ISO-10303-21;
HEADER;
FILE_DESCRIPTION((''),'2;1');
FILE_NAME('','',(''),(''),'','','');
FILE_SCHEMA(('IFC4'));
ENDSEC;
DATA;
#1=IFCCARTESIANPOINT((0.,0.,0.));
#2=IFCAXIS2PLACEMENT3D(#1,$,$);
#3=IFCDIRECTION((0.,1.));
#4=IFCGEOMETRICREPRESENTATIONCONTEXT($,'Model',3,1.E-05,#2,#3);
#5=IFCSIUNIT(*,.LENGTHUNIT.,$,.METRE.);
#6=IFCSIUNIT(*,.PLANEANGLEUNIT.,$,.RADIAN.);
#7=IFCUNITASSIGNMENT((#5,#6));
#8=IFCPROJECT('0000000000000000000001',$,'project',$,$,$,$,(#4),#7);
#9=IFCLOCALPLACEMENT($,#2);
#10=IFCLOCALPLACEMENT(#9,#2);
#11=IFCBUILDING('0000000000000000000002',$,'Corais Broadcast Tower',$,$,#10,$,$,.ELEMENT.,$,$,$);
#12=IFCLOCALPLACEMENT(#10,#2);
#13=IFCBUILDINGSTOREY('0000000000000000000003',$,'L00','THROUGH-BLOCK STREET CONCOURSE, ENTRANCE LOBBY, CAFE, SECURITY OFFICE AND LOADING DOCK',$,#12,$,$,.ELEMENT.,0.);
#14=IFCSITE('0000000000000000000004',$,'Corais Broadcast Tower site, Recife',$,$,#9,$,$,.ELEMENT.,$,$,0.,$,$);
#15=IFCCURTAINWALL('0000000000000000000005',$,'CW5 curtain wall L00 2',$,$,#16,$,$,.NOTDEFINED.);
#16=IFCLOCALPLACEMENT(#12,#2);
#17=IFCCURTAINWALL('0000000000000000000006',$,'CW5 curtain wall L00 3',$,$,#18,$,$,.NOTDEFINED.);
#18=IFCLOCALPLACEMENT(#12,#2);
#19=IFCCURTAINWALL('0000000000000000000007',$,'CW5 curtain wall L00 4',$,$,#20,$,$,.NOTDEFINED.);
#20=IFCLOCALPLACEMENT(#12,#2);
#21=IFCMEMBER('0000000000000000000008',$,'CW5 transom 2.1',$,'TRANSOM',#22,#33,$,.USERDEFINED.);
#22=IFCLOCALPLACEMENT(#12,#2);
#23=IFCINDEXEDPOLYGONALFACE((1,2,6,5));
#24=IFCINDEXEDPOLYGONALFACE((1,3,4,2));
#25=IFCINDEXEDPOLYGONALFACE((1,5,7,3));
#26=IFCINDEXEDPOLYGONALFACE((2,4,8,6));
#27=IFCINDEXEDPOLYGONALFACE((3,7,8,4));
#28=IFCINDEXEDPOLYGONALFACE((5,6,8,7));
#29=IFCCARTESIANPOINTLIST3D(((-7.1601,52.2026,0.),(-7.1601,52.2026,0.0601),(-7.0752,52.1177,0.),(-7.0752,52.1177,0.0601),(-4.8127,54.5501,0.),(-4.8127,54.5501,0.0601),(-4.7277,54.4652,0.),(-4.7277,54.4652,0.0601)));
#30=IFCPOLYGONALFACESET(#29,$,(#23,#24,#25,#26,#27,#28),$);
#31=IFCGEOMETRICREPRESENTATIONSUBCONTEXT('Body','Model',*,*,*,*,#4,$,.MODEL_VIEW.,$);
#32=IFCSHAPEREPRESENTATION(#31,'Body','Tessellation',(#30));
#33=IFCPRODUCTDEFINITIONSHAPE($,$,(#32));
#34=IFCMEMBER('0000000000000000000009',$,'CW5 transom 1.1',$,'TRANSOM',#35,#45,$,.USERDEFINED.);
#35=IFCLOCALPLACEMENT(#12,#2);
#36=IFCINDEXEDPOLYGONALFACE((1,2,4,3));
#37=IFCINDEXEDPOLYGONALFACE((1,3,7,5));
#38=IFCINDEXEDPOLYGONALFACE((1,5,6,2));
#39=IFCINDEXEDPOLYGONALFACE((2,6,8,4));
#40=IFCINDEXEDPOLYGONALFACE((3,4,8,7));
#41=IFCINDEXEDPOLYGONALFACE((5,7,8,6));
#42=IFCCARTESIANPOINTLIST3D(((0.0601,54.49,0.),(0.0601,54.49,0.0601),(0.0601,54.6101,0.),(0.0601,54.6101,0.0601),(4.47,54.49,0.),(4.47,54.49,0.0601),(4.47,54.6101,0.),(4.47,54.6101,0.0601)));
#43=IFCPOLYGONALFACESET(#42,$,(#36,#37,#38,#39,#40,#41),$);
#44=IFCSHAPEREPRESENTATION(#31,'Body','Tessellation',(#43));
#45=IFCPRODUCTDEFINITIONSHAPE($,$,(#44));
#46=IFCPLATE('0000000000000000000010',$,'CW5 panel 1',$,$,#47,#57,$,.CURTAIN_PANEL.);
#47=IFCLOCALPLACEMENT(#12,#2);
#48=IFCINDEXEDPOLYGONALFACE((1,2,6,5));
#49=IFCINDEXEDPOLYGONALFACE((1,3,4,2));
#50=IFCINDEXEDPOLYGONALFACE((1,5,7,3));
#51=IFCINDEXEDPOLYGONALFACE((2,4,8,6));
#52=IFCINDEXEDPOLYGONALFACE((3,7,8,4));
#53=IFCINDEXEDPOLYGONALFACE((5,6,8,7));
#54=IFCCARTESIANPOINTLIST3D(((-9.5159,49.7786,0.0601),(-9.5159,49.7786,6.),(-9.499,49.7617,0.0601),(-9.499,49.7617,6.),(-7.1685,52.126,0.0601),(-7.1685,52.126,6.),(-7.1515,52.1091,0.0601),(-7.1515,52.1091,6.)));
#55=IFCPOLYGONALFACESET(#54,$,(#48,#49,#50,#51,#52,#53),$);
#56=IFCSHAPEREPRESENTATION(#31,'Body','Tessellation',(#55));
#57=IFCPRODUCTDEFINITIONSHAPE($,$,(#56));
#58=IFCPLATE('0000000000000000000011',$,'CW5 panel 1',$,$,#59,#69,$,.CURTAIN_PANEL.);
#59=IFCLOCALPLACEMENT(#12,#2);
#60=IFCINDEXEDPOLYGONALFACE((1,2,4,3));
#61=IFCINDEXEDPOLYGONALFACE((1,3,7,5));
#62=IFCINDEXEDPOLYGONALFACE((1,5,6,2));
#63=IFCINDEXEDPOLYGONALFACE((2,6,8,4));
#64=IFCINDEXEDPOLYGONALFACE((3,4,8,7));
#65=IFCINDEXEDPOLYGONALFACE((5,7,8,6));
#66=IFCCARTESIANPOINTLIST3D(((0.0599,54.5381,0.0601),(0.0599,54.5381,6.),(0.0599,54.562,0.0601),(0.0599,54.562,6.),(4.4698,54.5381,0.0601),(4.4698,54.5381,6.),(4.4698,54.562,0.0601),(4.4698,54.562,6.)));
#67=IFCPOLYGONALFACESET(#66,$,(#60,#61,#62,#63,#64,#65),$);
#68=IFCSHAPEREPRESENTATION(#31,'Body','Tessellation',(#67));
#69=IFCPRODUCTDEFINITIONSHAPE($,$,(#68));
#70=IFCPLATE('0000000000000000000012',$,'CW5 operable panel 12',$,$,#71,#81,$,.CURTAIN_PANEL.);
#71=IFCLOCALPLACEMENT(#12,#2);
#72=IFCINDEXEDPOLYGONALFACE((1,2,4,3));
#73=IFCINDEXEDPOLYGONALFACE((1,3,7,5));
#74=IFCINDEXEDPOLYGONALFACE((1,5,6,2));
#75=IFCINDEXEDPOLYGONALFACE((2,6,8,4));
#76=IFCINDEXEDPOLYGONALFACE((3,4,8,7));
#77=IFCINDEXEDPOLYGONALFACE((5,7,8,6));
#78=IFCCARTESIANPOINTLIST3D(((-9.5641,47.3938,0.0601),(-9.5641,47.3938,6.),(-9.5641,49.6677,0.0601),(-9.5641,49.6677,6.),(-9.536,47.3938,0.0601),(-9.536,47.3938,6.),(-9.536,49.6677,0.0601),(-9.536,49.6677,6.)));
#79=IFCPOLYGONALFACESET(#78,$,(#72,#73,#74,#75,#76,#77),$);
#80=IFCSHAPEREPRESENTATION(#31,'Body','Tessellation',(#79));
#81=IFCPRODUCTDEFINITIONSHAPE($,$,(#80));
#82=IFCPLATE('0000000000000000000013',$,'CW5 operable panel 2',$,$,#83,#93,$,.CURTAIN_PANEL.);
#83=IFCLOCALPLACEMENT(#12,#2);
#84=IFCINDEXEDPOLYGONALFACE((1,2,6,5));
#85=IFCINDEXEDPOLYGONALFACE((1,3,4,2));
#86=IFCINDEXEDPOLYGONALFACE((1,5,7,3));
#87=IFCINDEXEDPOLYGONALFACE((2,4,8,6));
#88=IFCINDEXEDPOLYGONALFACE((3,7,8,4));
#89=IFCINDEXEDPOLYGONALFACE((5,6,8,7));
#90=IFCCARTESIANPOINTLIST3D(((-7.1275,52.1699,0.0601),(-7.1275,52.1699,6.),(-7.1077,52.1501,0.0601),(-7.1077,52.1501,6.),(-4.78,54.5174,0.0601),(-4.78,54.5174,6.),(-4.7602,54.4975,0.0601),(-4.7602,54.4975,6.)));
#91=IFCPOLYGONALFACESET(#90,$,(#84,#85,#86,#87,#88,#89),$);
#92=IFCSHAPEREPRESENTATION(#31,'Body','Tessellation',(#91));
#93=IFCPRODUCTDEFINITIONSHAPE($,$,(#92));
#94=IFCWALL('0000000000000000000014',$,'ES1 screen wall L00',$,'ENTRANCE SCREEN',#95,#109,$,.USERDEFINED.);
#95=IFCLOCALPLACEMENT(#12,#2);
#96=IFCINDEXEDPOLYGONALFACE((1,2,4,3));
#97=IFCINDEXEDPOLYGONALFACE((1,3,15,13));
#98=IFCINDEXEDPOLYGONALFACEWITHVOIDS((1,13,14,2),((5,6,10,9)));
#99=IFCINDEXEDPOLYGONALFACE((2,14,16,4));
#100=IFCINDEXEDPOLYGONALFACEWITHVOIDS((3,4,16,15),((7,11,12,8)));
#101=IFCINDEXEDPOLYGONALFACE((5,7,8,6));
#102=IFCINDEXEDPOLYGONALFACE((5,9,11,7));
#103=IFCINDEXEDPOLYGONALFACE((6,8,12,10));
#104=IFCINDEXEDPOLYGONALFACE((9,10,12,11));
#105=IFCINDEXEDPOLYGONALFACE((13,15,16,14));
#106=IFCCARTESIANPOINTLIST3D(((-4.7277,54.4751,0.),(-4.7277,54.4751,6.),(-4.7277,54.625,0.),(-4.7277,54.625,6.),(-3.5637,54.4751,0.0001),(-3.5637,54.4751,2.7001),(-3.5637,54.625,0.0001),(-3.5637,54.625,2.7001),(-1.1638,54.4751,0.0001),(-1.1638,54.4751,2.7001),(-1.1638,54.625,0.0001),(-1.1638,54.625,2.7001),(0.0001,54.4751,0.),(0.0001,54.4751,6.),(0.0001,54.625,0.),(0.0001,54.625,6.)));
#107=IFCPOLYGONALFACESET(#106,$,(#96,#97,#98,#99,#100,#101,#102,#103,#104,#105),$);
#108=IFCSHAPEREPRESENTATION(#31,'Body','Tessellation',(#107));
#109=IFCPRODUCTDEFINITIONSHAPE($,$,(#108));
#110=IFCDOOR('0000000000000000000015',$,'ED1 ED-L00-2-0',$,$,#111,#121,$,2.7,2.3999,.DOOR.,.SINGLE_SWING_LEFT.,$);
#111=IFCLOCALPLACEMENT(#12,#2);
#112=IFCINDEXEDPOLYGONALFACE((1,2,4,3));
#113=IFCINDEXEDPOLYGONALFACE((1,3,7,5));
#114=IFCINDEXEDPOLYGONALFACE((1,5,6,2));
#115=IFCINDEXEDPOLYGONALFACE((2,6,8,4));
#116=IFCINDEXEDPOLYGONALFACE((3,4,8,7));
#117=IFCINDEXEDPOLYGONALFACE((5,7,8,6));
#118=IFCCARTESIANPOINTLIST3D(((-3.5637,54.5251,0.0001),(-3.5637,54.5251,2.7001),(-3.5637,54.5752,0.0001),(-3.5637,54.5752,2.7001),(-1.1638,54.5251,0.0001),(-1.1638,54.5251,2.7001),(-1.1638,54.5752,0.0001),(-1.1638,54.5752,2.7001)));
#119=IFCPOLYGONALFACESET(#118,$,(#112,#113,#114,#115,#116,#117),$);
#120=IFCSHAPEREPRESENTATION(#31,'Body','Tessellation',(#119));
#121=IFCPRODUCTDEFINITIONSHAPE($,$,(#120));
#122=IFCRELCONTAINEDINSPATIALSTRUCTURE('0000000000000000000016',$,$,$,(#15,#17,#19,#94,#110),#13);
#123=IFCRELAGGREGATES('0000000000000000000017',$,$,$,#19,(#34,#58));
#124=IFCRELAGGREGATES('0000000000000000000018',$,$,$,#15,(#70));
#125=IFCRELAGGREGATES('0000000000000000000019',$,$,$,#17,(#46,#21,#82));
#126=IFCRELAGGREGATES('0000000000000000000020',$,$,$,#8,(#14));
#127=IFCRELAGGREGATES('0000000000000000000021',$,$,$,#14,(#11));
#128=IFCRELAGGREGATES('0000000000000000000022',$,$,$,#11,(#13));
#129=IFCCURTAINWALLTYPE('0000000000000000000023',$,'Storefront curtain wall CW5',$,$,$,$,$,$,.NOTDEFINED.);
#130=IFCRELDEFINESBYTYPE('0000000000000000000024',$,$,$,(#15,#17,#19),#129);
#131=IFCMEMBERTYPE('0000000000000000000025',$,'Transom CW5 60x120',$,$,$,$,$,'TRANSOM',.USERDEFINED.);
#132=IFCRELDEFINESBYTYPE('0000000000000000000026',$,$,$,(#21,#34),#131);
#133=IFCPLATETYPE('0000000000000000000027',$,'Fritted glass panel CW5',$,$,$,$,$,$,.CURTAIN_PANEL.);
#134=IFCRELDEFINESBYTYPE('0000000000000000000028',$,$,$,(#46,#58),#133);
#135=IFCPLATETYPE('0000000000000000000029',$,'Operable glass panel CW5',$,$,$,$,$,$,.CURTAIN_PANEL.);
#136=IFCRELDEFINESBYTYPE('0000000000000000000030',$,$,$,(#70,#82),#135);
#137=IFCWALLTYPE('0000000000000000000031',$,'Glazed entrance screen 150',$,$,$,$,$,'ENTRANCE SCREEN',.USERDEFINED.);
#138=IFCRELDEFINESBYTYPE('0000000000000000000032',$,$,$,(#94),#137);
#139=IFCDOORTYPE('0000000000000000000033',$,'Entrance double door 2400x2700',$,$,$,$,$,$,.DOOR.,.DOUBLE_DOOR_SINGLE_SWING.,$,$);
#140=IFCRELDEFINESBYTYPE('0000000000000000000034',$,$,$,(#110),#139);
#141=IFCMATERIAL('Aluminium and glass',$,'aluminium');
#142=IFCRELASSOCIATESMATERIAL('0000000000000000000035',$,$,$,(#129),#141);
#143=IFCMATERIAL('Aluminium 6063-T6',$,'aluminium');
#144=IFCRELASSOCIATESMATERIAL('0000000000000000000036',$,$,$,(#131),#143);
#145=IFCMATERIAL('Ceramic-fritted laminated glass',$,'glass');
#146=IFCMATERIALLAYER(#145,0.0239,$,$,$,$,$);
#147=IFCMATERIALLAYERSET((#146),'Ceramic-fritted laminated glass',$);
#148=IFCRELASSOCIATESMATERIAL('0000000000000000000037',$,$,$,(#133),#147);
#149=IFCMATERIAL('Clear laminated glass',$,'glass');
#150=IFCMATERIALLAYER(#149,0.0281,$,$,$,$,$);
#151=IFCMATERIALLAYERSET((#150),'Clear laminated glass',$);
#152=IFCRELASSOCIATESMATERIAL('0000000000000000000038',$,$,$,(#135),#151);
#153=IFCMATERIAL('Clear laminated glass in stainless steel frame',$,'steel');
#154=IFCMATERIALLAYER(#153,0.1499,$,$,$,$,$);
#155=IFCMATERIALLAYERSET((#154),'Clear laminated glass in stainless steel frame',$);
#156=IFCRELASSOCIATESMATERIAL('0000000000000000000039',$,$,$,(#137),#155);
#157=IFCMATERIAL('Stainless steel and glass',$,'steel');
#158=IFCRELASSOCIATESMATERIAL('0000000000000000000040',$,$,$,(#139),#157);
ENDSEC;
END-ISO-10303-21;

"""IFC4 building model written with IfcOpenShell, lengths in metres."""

from ifc_helpers import new_model, si_unit, direction, frame, frame_2d, origin, origin_2d, place, context, subcontext, project, spatial, rectangle, extrude, material, layer, layer_set, material_profile, profile_set, type_object, element, fill, aggregate, save


model = new_model("IFC4")

# Units and contexts
model_context = context("Model", 3, precision=1e-05, world=origin(), true_north=direction((0.0, 1.0)))
body_context = subcontext(model_context, "Body", "Model", "MODEL_VIEW")
ifc_project = project(units=[si_unit("LENGTHUNIT", "METRE"), si_unit("PLANEANGLEUNIT", "RADIAN")], contexts=[model_context])

# Site, building, storey
site_placement = place(None, origin())
site = spatial("IfcSite", under=ifc_project, at=site_placement, Name="Corais Broadcast Tower site, Recife", CompositionType="ELEMENT", RefElevation=0.0)
building_placement = place(site_placement, origin())
building = spatial("IfcBuilding", under=site, at=building_placement, Name="Corais Broadcast Tower", CompositionType="ELEMENT")
storey_placement = place(building_placement, origin())
storey = spatial("IfcBuildingStorey", under=building, at=storey_placement, Name="L00", Description="THROUGH-BLOCK STREET CONCOURSE, ENTRANCE LOBBY, CAFE, SECURITY OFFICE AND LOADING DOCK", CompositionType="ELEMENT", Elevation=0.0)

# Curtain wall
ifc_material_1 = material(Name="Aluminium and glass", Category="aluminium")
curtain_wall_type = type_object("IfcCurtainWallType", Name="Storefront curtain wall CW5", PredefinedType="NOTDEFINED", material=ifc_material_1)
curtain_wall_1_placement = place(storey_placement, origin())
curtain_wall_1 = element("IfcCurtainWall", 1, at=curtain_wall_1_placement, inside=storey, type_object=curtain_wall_type, Name="CW5 curtain wall L00 2", PredefinedType="NOTDEFINED")

# Curtain wall
curtain_wall_2_placement = place(storey_placement, origin())
curtain_wall_2 = element("IfcCurtainWall", 2, at=curtain_wall_2_placement, inside=storey, type_object=curtain_wall_type, Name="CW5 curtain wall L00 3", PredefinedType="NOTDEFINED")

# Curtain wall
curtain_wall_3_placement = place(storey_placement, origin())
curtain_wall_3 = element("IfcCurtainWall", 3, at=curtain_wall_3_placement, inside=storey, type_object=curtain_wall_type, Name="CW5 curtain wall L00 4", PredefinedType="NOTDEFINED")

# Members
ifc_material_2 = material(Name="Aluminium 6063-T6", Category="aluminium")
ifc_material_profile_1 = material_profile(ifc_material_2, rectangle(XDim=0.1201, YDim=0.0601, at=origin_2d()), Name="Transom CW5 60x120")
ifc_profile_set_1 = profile_set([ifc_material_profile_1], Name="Aluminium 6063-T6")
member_type_1 = type_object("IfcMemberType", Name="Transom CW5 60x120", ElementType="TRANSOM", PredefinedType="USERDEFINED", material=ifc_profile_set_1)
member_1_placement = place(storey_placement, frame((-7.1177, 52.1602, 0.03), z_axis=(0.707107, 0.707107, 0.0), x_axis=(-0.707107, 0.707107, 0.0)))
member_1 = element("IfcMember", 4, at=member_1_placement, type_object=member_type_1, Name="CW5 transom 2.1", ObjectType="TRANSOM", PredefinedType="USERDEFINED", context=body_context, shape_type="SweptSolid", body=[
    extrude(rectangle(XDim=0.1201, YDim=0.0601, at=origin_2d()), origin(), (0.0, 0.0, 1.0), 3.3198),
])
member_2_placement = place(storey_placement, frame((0.0601, 54.55, 0.03), z_axis=(1.0, 0.0, 0.0), x_axis=(0.0, 1.0, 0.0)))
member_2 = element("IfcMember", 5, at=member_2_placement, type_object=member_type_1, Name="CW5 transom 1.1", ObjectType="TRANSOM", PredefinedType="USERDEFINED", context=body_context, shape_type="SweptSolid", body=[
    extrude(rectangle(XDim=0.1201, YDim=0.0601, at=origin_2d()), origin(), (0.0, 0.0, 1.0), 4.4099),
])

# Plates
ifc_material_3 = material(Name="Ceramic-fritted laminated glass", Category="glass")
ifc_layer_1 = layer(ifc_material_3, 0.0239)
ifc_layer_set_1 = layer_set([ifc_layer_1], Name="Ceramic-fritted laminated glass")
plate_type_1 = type_object("IfcPlateType", Name="Fritted glass panel CW5", PredefinedType="CURTAIN_PANEL", material=ifc_layer_set_1)
plate_1_placement = place(storey_placement, frame((-8.3337, 50.9438, 0.0601), z_axis=(0.0, 0.0, 1.0), x_axis=(0.707107, 0.707107, 0.0)))
plate_1 = element("IfcPlate", 6, at=plate_1_placement, type_object=plate_type_1, Name="CW5 panel 1", PredefinedType="CURTAIN_PANEL", context=body_context, shape_type="SweptSolid", body=[
    extrude(rectangle(XDim=3.3198, YDim=0.0239, at=origin_2d()), origin(), (0.0, 0.0, 1.0), 5.9399),
])
plate_2_placement = place(storey_placement, frame((2.2649, 54.55, 0.0601), z_axis=(0.0, 0.0, 1.0), x_axis=(1.0, 0.0, 0.0)))
plate_2 = element("IfcPlate", 7, at=plate_2_placement, type_object=plate_type_1, Name="CW5 panel 1", PredefinedType="CURTAIN_PANEL", context=body_context, shape_type="SweptSolid", body=[
    extrude(rectangle(XDim=4.4099, YDim=0.0239, at=origin_2d()), origin(), (0.0, 0.0, 1.0), 5.9399),
])
aggregate(curtain_wall_3, [member_2, plate_2])
ifc_material_4 = material(Name="Clear laminated glass", Category="glass")
ifc_layer_2 = layer(ifc_material_4, 0.0281)
ifc_layer_set_2 = layer_set([ifc_layer_2], Name="Clear laminated glass")
plate_type_2 = type_object("IfcPlateType", Name="Operable glass panel CW5", PredefinedType="CURTAIN_PANEL", material=ifc_layer_set_2)
plate_3_placement = place(storey_placement, frame((-9.55, 48.5308, 0.0601), z_axis=(0.0, 0.0, 1.0), x_axis=(0.0, 1.0, 0.0)))
plate_3 = element("IfcPlate", 8, at=plate_3_placement, type_object=plate_type_2, Name="CW5 operable panel 12", PredefinedType="CURTAIN_PANEL", context=body_context, shape_type="SweptSolid", body=[
    extrude(rectangle(XDim=2.2739, YDim=0.0281, at=origin_2d()), origin(), (0.0, 0.0, 1.0), 5.9399),
])
aggregate(curtain_wall_1, [plate_3])
plate_4_placement = place(storey_placement, frame((-5.9438, 53.3337, 0.0601), z_axis=(0.0, 0.0, 1.0), x_axis=(0.707107, 0.707107, 0.0)))
plate_4 = element("IfcPlate", 9, at=plate_4_placement, type_object=plate_type_2, Name="CW5 operable panel 2", PredefinedType="CURTAIN_PANEL", context=body_context, shape_type="SweptSolid", body=[
    extrude(rectangle(XDim=3.3198, YDim=0.0281, at=origin_2d()), origin(), (0.0, 0.0, 1.0), 5.9399),
])
aggregate(curtain_wall_2, [plate_1, member_1, plate_4])

# Wall, opening, door
ifc_material_5 = material(Name="Clear laminated glass in stainless steel frame", Category="steel")
ifc_layer_3 = layer(ifc_material_5, 0.1499)
ifc_layer_set_3 = layer_set([ifc_layer_3], Name="Clear laminated glass in stainless steel frame")
wall_type = type_object("IfcWallType", Name="Glazed entrance screen 150", ElementType="ENTRANCE SCREEN", PredefinedType="USERDEFINED", material=ifc_layer_set_3)
wall_placement = place(storey_placement, frame((0.0, 54.55, 0.0), z_axis=(0.0, 0.0, 1.0), x_axis=(-1.0, 0.0, 0.0)))
wall = element("IfcWall", 10, at=wall_placement, inside=storey, type_object=wall_type, Name="ES1 screen wall L00", ObjectType="ENTRANCE SCREEN", PredefinedType="USERDEFINED", context=body_context, shape_type="SweptSolid", body=[
    extrude(rectangle(XDim=4.7278, YDim=0.1499, at=frame_2d((2.3638, 0.0))), origin(), (0.0, 0.0, 1.0), 6.0),
])
opening_placement = place(wall_placement, frame((1.1638, 0.0, 0.0)))
opening = element("IfcOpeningElement", 11, at=opening_placement, cuts=wall, PredefinedType="OPENING", context=body_context, shape_type="SweptSolid", body=[
    extrude(rectangle(XDim=2.3999, YDim=2.7, at=frame_2d((1.2, 1.3501))), frame((0.0, 0.085, 0.0), z_axis=(0.0, -1.0, 0.0), x_axis=(1.0, 0.0, 0.0)), (0.0, 0.0, 1.0), 0.1699),
])
ifc_material_6 = material(Name="Stainless steel and glass", Category="steel")
door_type = type_object("IfcDoorType", Name="Entrance double door 2400x2700", OperationType="DOUBLE_DOOR_SINGLE_SWING", PredefinedType="DOOR", material=ifc_material_6)
door_placement = place(opening_placement, origin())
door = element("IfcDoor", 12, at=door_placement, inside=storey, type_object=door_type, Name="ED1 ED-L00-2-0", OperationType="SINGLE_SWING_LEFT", OverallHeight=2.7, OverallWidth=2.3999, PredefinedType="DOOR", context=body_context, shape_type="SweptSolid", body=[
    extrude(rectangle(XDim=2.3999, YDim=2.7, at=frame_2d((1.2, 1.3501))), frame((0.0, 0.0249, 0.0), z_axis=(0.0, -1.0, 0.0), x_axis=(1.0, 0.0, 0.0)), (0.0, 0.0, 1.0), 0.05),
])
fill(opening, door)

save(model, "model.ifc")
